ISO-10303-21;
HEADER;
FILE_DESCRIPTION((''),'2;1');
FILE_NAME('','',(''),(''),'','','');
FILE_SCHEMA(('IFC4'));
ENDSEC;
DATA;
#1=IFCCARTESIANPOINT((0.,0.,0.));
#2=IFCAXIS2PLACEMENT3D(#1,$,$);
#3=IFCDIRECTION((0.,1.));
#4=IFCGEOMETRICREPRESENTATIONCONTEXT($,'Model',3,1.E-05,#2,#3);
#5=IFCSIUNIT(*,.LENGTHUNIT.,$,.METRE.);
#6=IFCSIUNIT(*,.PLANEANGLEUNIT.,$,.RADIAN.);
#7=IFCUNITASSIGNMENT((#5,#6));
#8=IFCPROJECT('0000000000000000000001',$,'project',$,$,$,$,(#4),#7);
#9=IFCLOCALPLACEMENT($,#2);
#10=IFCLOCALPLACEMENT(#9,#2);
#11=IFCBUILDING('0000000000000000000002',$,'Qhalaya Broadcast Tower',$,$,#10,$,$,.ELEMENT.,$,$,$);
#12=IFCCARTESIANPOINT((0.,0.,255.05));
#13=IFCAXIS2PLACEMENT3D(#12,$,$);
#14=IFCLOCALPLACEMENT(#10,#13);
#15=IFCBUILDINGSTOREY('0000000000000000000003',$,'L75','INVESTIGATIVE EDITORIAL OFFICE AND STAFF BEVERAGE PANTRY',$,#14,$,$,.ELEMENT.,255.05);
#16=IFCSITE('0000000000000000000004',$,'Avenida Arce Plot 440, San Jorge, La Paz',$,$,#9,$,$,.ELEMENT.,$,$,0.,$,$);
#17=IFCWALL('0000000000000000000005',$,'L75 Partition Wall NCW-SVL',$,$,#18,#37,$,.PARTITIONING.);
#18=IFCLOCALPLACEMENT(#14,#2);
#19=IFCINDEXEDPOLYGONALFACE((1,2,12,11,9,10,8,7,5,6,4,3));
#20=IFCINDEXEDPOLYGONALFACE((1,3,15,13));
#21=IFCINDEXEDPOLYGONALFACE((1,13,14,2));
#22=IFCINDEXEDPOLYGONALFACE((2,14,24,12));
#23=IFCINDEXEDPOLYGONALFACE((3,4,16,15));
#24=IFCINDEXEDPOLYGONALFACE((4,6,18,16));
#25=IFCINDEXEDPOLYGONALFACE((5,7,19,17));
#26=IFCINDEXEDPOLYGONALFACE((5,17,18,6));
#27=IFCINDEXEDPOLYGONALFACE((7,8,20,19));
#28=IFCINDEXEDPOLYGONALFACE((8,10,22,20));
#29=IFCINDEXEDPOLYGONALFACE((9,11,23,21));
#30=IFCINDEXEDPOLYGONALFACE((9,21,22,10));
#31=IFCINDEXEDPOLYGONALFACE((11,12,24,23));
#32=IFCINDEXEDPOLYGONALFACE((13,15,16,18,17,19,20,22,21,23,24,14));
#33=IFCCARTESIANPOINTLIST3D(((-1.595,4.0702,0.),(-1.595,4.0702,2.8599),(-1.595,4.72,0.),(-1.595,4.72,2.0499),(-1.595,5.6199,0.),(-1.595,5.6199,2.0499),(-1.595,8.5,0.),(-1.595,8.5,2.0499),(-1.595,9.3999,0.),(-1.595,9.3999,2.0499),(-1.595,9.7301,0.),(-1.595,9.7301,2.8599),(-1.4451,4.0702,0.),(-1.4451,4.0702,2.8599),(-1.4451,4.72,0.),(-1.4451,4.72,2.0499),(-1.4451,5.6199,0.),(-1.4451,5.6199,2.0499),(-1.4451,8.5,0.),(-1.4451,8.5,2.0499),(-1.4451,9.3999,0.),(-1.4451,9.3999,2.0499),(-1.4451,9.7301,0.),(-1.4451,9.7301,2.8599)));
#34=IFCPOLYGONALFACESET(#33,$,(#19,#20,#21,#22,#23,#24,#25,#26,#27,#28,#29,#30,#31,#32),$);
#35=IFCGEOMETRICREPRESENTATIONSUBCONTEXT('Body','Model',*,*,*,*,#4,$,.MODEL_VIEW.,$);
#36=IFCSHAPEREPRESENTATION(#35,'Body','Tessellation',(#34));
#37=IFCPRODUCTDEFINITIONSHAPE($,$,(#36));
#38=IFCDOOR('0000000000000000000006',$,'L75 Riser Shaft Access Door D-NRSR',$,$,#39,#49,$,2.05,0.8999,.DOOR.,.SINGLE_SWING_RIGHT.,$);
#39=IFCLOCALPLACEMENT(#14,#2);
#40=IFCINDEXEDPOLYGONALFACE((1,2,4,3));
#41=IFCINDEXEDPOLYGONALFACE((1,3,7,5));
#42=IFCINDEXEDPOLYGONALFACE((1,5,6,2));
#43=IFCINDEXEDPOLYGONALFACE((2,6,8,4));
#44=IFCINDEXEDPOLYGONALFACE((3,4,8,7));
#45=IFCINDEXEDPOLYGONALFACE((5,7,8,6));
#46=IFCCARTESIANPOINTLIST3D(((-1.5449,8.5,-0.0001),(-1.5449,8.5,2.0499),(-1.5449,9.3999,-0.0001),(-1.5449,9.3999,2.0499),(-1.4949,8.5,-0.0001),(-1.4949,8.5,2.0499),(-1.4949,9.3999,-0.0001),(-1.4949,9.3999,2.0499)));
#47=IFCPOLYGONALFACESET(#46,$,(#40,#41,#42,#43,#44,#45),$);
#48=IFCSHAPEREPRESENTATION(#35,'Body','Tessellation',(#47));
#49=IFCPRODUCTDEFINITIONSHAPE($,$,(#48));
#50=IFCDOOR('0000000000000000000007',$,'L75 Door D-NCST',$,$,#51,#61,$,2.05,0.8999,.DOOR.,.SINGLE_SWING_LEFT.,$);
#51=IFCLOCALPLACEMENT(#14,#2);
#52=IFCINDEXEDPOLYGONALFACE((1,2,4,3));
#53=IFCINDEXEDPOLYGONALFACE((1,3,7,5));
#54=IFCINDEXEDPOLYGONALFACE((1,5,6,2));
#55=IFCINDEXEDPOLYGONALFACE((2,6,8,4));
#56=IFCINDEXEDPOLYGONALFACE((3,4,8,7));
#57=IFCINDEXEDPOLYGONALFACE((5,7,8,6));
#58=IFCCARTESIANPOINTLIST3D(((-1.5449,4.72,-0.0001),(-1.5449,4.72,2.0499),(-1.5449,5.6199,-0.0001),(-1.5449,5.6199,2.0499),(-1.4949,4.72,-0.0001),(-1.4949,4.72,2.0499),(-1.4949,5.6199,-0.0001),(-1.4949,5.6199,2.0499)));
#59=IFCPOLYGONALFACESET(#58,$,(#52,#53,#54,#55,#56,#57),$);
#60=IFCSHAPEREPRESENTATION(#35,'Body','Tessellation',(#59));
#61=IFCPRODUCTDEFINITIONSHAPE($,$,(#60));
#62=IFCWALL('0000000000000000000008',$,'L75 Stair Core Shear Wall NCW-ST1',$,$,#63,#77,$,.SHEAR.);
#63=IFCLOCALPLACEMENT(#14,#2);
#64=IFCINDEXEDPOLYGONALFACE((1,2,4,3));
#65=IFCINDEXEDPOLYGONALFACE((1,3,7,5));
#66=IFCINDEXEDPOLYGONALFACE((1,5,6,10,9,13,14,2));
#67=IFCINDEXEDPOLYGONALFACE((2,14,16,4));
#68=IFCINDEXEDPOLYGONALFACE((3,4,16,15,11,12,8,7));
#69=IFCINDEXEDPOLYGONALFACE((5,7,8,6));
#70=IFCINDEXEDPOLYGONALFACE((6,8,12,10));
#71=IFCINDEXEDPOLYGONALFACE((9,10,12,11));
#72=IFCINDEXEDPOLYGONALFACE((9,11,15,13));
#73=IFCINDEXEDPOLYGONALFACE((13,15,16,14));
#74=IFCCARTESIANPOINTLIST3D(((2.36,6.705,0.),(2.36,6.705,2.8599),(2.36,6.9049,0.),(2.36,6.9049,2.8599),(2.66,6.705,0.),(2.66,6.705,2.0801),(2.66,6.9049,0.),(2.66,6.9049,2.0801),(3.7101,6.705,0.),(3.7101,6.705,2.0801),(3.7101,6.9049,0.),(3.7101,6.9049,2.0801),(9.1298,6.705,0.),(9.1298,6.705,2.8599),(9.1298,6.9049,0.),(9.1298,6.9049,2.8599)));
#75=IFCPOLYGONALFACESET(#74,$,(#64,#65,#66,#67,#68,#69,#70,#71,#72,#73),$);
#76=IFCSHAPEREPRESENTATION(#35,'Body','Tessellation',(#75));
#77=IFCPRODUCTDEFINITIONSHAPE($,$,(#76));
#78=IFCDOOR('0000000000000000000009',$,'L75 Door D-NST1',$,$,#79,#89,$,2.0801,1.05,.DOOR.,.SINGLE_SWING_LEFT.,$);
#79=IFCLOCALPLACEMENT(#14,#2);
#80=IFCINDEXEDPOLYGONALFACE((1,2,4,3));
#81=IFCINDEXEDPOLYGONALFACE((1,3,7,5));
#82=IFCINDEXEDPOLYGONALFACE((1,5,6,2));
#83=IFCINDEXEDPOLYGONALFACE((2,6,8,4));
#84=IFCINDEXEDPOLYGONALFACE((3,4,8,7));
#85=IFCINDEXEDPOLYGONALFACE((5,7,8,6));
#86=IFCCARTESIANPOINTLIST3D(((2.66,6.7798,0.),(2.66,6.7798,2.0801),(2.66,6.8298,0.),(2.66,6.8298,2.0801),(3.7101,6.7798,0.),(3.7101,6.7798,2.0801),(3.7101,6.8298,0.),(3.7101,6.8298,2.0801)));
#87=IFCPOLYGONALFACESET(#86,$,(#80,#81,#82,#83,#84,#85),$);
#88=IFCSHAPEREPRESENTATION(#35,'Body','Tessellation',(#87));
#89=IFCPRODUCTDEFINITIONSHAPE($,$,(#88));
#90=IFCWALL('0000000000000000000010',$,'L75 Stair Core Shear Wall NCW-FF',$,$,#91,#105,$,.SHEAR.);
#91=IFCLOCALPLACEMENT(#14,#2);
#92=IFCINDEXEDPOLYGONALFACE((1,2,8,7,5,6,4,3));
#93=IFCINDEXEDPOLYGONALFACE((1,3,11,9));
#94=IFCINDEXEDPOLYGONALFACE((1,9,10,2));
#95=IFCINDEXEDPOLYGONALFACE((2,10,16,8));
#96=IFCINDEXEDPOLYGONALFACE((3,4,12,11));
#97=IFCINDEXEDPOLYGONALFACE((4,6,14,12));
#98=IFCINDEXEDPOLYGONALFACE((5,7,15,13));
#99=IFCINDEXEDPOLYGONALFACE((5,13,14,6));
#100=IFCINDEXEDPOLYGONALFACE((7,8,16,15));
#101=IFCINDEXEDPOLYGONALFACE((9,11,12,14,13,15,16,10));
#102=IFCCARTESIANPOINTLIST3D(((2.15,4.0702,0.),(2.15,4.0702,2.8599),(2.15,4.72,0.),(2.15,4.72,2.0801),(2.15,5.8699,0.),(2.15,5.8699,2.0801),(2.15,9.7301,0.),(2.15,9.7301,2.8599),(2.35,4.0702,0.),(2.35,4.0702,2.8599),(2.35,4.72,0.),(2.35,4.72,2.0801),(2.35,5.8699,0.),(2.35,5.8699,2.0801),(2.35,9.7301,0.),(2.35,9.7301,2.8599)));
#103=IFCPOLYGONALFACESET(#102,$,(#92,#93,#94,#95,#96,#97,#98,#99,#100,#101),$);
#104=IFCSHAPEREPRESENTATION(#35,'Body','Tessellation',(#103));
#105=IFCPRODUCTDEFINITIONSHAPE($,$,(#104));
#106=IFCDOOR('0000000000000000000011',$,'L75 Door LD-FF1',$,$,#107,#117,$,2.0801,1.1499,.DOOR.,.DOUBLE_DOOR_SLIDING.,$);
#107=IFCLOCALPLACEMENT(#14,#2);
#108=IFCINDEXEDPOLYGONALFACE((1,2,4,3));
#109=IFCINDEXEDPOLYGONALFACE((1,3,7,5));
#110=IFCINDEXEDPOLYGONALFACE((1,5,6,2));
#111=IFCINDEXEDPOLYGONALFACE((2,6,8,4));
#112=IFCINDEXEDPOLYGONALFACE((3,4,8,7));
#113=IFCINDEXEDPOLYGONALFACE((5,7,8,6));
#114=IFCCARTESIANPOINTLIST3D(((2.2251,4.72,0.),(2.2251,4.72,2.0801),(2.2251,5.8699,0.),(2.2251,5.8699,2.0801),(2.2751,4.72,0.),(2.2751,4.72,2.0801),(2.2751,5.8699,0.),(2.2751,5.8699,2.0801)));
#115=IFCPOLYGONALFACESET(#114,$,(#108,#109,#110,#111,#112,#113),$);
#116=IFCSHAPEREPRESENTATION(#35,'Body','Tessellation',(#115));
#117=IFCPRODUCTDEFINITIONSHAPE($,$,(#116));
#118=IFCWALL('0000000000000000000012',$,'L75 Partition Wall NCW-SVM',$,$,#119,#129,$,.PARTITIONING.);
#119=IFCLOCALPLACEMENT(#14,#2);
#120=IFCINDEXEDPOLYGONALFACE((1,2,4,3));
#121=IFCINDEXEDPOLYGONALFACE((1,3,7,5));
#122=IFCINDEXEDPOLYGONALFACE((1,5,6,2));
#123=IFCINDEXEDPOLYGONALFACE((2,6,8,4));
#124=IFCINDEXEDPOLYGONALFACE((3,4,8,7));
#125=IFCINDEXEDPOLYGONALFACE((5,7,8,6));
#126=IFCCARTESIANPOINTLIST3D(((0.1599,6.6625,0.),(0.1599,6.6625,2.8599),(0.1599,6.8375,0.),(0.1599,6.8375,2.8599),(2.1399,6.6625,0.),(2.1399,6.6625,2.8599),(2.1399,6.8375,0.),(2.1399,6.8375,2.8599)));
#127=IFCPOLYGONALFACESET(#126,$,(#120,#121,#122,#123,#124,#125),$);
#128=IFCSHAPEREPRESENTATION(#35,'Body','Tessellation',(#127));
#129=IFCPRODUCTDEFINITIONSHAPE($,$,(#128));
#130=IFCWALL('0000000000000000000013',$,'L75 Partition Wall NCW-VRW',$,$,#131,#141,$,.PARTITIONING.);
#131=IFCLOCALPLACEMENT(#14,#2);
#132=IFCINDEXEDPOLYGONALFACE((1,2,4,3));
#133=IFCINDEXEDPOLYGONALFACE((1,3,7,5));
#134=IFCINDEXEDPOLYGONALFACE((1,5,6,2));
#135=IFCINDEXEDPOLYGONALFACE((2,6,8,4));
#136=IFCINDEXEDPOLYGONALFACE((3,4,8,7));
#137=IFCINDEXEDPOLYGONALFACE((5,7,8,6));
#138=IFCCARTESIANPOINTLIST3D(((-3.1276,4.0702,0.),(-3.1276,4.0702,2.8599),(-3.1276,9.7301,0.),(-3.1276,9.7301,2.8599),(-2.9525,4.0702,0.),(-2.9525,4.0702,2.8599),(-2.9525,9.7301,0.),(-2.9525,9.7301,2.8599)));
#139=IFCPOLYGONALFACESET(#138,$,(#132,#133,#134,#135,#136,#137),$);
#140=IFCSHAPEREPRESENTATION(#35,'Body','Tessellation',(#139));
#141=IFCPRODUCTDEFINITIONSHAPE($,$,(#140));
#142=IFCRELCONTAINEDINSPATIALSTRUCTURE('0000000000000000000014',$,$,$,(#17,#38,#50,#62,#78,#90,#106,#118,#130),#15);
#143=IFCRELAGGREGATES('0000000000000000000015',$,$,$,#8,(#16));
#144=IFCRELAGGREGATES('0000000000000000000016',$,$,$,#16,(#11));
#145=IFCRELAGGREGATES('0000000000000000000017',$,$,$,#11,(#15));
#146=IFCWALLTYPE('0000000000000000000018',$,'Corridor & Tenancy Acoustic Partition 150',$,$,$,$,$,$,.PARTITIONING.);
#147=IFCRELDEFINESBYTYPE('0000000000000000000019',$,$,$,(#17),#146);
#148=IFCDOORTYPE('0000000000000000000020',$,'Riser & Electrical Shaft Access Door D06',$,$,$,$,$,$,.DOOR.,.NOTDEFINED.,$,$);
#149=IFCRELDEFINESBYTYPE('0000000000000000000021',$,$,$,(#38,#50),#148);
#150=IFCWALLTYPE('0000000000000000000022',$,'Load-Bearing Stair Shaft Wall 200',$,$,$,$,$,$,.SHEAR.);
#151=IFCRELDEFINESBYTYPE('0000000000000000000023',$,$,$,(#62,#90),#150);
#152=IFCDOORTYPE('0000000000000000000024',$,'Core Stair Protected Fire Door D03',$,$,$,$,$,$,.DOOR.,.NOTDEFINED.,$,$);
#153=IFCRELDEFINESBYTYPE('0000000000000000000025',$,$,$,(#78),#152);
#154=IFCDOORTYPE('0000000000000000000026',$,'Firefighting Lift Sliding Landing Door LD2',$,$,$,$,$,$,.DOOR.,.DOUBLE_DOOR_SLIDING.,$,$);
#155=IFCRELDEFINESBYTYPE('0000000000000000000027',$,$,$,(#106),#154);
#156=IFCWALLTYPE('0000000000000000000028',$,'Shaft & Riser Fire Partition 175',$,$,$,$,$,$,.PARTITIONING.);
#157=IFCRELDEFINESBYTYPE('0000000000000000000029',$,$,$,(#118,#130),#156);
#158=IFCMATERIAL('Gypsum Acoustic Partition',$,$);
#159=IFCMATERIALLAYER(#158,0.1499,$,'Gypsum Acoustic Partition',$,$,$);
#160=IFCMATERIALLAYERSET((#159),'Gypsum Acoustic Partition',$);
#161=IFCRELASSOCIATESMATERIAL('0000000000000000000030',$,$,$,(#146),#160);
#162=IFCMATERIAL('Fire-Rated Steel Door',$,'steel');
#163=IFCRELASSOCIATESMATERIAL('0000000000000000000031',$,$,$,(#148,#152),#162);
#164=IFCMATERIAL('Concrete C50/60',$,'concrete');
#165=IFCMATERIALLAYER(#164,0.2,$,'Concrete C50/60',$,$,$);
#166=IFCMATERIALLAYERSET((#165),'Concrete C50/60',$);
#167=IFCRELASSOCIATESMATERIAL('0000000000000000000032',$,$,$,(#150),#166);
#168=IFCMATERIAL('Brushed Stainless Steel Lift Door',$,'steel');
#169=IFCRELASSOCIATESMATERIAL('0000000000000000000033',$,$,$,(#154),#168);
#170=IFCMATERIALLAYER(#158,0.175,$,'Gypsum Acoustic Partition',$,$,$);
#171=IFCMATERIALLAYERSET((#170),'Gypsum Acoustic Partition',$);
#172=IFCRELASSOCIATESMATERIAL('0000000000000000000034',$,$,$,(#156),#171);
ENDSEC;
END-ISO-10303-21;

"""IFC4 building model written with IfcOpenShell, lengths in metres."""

from ifc_helpers import new_model, si_unit, direction, frame, frame_2d, origin, place, context, subcontext, project, spatial, rectangle, extrude, material, layer, layer_set, type_object, element, fill, save


model = new_model("IFC4")

# Units and contexts
model_context = context("Model", 3, precision=1e-05, world=origin(), true_north=direction((0.0, 1.0)))
body_context = subcontext(model_context, "Body", "Model", "MODEL_VIEW")
ifc_project = project(units=[si_unit("LENGTHUNIT", "METRE"), si_unit("PLANEANGLEUNIT", "RADIAN")], contexts=[model_context])

# Site, building, storey
site_placement = place(None, origin())
site = spatial("IfcSite", under=ifc_project, at=site_placement, Name="Avenida Arce Plot 440, San Jorge, La Paz", CompositionType="ELEMENT", RefElevation=0.0)
building_placement = place(site_placement, origin())
building = spatial("IfcBuilding", under=site, at=building_placement, Name="Qhalaya Broadcast Tower", CompositionType="ELEMENT")
storey_placement = place(building_placement, frame((0.0, 0.0, 255.05)))
storey = spatial("IfcBuildingStorey", under=building, at=storey_placement, Name="L75", Description="INVESTIGATIVE EDITORIAL OFFICE AND STAFF BEVERAGE PANTRY", CompositionType="ELEMENT", Elevation=255.05)

# Shared definitions
ifc_material_1 = material(Name="Concrete C50/60", Category="concrete")

# Wall, openings, doors
ifc_material_2 = material(Name="Gypsum Acoustic Partition")
ifc_layer_1 = layer(ifc_material_2, 0.1499, Name="Gypsum Acoustic Partition")
ifc_layer_set_1 = layer_set([ifc_layer_1], Name="Gypsum Acoustic Partition")
wall_type_1 = type_object("IfcWallType", Name="Corridor & Tenancy Acoustic Partition 150", PredefinedType="PARTITIONING", material=ifc_layer_set_1)
wall_1_placement = place(storey_placement, frame((-1.52, 4.0701, 0.0), z_axis=(0.0, 0.0, 1.0), x_axis=(0.0, 1.0, 0.0)))
wall_1 = element("IfcWall", 1, at=wall_1_placement, inside=storey, type_object=wall_type_1, Name="L75 Partition Wall NCW-SVL", PredefinedType="PARTITIONING", context=body_context, shape_type="SweptSolid", body=[
    extrude(rectangle(XDim=5.6599, YDim=0.1499, at=frame_2d((2.8301, 0.0))), origin(), (0.0, 0.0, 1.0), 2.8599),
])
opening_1_placement = place(wall_1_placement, frame((4.4299, 0.0, 0.0)))
opening_1 = element("IfcOpeningElement", 2, at=opening_1_placement, cuts=wall_1, PredefinedType="OPENING", context=body_context, shape_type="SweptSolid", body=[
    extrude(rectangle(XDim=0.8999, YDim=2.05, at=frame_2d((0.45, 1.0249))), frame((0.0, 0.0869, 0.0), z_axis=(0.0, -1.0, 0.0), x_axis=(1.0, 0.0, 0.0)), (0.0, 0.0, 1.0), 0.1738),
])
opening_2_placement = place(wall_1_placement, frame((0.6499, 0.0, 0.0)))
opening_2 = element("IfcOpeningElement", 3, at=opening_2_placement, cuts=wall_1, PredefinedType="OPENING", context=body_context, shape_type="SweptSolid", body=[
    extrude(rectangle(XDim=0.8999, YDim=2.05, at=frame_2d((0.45, 1.0249))), frame((0.0, 0.0869, 0.0), z_axis=(0.0, -1.0, 0.0), x_axis=(1.0, 0.0, 0.0)), (0.0, 0.0, 1.0), 0.1738),
])
ifc_material_3 = material(Name="Fire-Rated Steel Door", Category="steel")
door_type_1 = type_object("IfcDoorType", Name="Riser & Electrical Shaft Access Door D06", OperationType="NOTDEFINED", PredefinedType="DOOR", material=ifc_material_3)
door_1_placement = place(opening_1_placement, origin())
door_1 = element("IfcDoor", 4, at=door_1_placement, inside=storey, type_object=door_type_1, Name="L75 Riser Shaft Access Door D-NRSR", OperationType="SINGLE_SWING_RIGHT", OverallHeight=2.05, OverallWidth=0.8999, PredefinedType="DOOR", context=body_context, shape_type="SweptSolid", body=[
    extrude(rectangle(XDim=0.8999, YDim=2.05, at=frame_2d((0.45, 1.0249))), frame((0.0, 0.0249, 0.0), z_axis=(0.0, -1.0, 0.0), x_axis=(1.0, 0.0, 0.0)), (0.0, 0.0, 1.0), 0.05),
])
fill(opening_1, door_1)
door_2_placement = place(opening_2_placement, origin())
door_2 = element("IfcDoor", 5, at=door_2_placement, inside=storey, type_object=door_type_1, Name="L75 Door D-NCST", OperationType="SINGLE_SWING_LEFT", OverallHeight=2.05, OverallWidth=0.8999, PredefinedType="DOOR", context=body_context, shape_type="SweptSolid", body=[
    extrude(rectangle(XDim=0.8999, YDim=2.05, at=frame_2d((0.45, 1.0249))), frame((0.0, 0.0249, 0.0), z_axis=(0.0, -1.0, 0.0), x_axis=(1.0, 0.0, 0.0)), (0.0, 0.0, 1.0), 0.05),
])
fill(opening_2, door_2)

# Walls, openings, doors
ifc_layer_2 = layer(ifc_material_1, 0.2, Name="Concrete C50/60")
ifc_layer_set_2 = layer_set([ifc_layer_2], Name="Concrete C50/60")
wall_type_2 = type_object("IfcWallType", Name="Load-Bearing Stair Shaft Wall 200", PredefinedType="SHEAR", material=ifc_layer_set_2)
wall_2_placement = place(storey_placement, frame((2.3601, 6.8049, 0.0), z_axis=(0.0, 0.0, 1.0), x_axis=(1.0, 0.0, 0.0)))
wall_2 = element("IfcWall", 6, at=wall_2_placement, inside=storey, type_object=wall_type_2, Name="L75 Stair Core Shear Wall NCW-ST1", PredefinedType="SHEAR", context=body_context, shape_type="SweptSolid", body=[
    extrude(rectangle(XDim=6.7698, YDim=0.2, at=frame_2d((3.3848, 0.0))), origin(), (0.0, 0.0, 1.0), 2.8599),
])
opening_3_placement = place(wall_2_placement, frame((0.3, 0.0, 0.0)))
opening_3 = element("IfcOpeningElement", 7, at=opening_3_placement, cuts=wall_2, PredefinedType="OPENING", context=body_context, shape_type="SweptSolid", body=[
    extrude(rectangle(XDim=1.05, YDim=2.0801, at=frame_2d((0.5249, 1.04))), frame((0.0, 0.1121, 0.0), z_axis=(0.0, -1.0, 0.0), x_axis=(1.0, 0.0, 0.0)), (0.0, 0.0, 1.0), 0.2239),
])
door_type_2 = type_object("IfcDoorType", Name="Core Stair Protected Fire Door D03", OperationType="NOTDEFINED", PredefinedType="DOOR", material=ifc_material_3)
door_3_placement = place(opening_3_placement, origin())
door_3 = element("IfcDoor", 8, at=door_3_placement, inside=storey, type_object=door_type_2, Name="L75 Door D-NST1", OperationType="SINGLE_SWING_LEFT", OverallHeight=2.0801, OverallWidth=1.05, PredefinedType="DOOR", context=body_context, shape_type="SweptSolid", body=[
    extrude(rectangle(XDim=1.05, YDim=2.0801, at=frame_2d((0.5249, 1.04))), frame((0.0, 0.0249, 0.0), z_axis=(0.0, -1.0, 0.0), x_axis=(1.0, 0.0, 0.0)), (0.0, 0.0, 1.0), 0.05),
])
fill(opening_3, door_3)
wall_3_placement = place(storey_placement, frame((2.25, 4.0701, 0.0), z_axis=(0.0, 0.0, 1.0), x_axis=(0.0, 1.0, 0.0)))
wall_3 = element("IfcWall", 9, at=wall_3_placement, inside=storey, type_object=wall_type_2, Name="L75 Stair Core Shear Wall NCW-FF", PredefinedType="SHEAR", context=body_context, shape_type="SweptSolid", body=[
    extrude(rectangle(XDim=5.6599, YDim=0.2, at=frame_2d((2.8301, 0.0))), origin(), (0.0, 0.0, 1.0), 2.8599),
])
opening_4_placement = place(wall_3_placement, frame((0.6499, 0.0, 0.0)))
opening_4 = element("IfcOpeningElement", 10, at=opening_4_placement, cuts=wall_3, PredefinedType="OPENING", context=body_context, shape_type="SweptSolid", body=[
    extrude(rectangle(XDim=1.1499, YDim=2.0801, at=frame_2d((0.575, 1.04))), frame((0.0, 0.1121, 0.0), z_axis=(0.0, -1.0, 0.0), x_axis=(1.0, 0.0, 0.0)), (0.0, 0.0, 1.0), 0.2239),
])
ifc_material_4 = material(Name="Brushed Stainless Steel Lift Door", Category="steel")
door_type_3 = type_object("IfcDoorType", Name="Firefighting Lift Sliding Landing Door LD2", OperationType="DOUBLE_DOOR_SLIDING", PredefinedType="DOOR", material=ifc_material_4)
door_4_placement = place(opening_4_placement, origin())
door_4 = element("IfcDoor", 11, at=door_4_placement, inside=storey, type_object=door_type_3, Name="L75 Door LD-FF1", OperationType="DOUBLE_DOOR_SLIDING", OverallHeight=2.0801, OverallWidth=1.1499, PredefinedType="DOOR", context=body_context, shape_type="SweptSolid", body=[
    extrude(rectangle(XDim=1.1499, YDim=2.0801, at=frame_2d((0.575, 1.04))), frame((0.0, 0.0249, 0.0), z_axis=(0.0, -1.0, 0.0), x_axis=(1.0, 0.0, 0.0)), (0.0, 0.0, 1.0), 0.05),
])
fill(opening_4, door_4)
ifc_layer_3 = layer(ifc_material_2, 0.175, Name="Gypsum Acoustic Partition")
ifc_layer_set_3 = layer_set([ifc_layer_3], Name="Gypsum Acoustic Partition")
wall_type_3 = type_object("IfcWallType", Name="Shaft & Riser Fire Partition 175", PredefinedType="PARTITIONING", material=ifc_layer_set_3)

# Walls
wall_4_placement = place(storey_placement, frame((0.1599, 6.75, 0.0), z_axis=(0.0, 0.0, 1.0), x_axis=(1.0, 0.0, 0.0)))
element("IfcWall", 12, at=wall_4_placement, inside=storey, type_object=wall_type_3, Name="L75 Partition Wall NCW-SVM", PredefinedType="PARTITIONING", context=body_context, shape_type="SweptSolid", body=[
    extrude(rectangle(XDim=1.98, YDim=0.175, at=frame_2d((0.99, 0.0))), origin(), (0.0, 0.0, 1.0), 2.8599),
])
wall_5_placement = place(storey_placement, frame((-3.04, 4.0701, 0.0), z_axis=(0.0, 0.0, 1.0), x_axis=(0.0, 1.0, 0.0)))
element("IfcWall", 13, at=wall_5_placement, inside=storey, type_object=wall_type_3, Name="L75 Partition Wall NCW-VRW", PredefinedType="PARTITIONING", context=body_context, shape_type="SweptSolid", body=[
    extrude(rectangle(XDim=5.6599, YDim=0.175, at=frame_2d((2.8301, 0.0))), origin(), (0.0, 0.0, 1.0), 2.8599),
])

save(model, "model.ifc")
